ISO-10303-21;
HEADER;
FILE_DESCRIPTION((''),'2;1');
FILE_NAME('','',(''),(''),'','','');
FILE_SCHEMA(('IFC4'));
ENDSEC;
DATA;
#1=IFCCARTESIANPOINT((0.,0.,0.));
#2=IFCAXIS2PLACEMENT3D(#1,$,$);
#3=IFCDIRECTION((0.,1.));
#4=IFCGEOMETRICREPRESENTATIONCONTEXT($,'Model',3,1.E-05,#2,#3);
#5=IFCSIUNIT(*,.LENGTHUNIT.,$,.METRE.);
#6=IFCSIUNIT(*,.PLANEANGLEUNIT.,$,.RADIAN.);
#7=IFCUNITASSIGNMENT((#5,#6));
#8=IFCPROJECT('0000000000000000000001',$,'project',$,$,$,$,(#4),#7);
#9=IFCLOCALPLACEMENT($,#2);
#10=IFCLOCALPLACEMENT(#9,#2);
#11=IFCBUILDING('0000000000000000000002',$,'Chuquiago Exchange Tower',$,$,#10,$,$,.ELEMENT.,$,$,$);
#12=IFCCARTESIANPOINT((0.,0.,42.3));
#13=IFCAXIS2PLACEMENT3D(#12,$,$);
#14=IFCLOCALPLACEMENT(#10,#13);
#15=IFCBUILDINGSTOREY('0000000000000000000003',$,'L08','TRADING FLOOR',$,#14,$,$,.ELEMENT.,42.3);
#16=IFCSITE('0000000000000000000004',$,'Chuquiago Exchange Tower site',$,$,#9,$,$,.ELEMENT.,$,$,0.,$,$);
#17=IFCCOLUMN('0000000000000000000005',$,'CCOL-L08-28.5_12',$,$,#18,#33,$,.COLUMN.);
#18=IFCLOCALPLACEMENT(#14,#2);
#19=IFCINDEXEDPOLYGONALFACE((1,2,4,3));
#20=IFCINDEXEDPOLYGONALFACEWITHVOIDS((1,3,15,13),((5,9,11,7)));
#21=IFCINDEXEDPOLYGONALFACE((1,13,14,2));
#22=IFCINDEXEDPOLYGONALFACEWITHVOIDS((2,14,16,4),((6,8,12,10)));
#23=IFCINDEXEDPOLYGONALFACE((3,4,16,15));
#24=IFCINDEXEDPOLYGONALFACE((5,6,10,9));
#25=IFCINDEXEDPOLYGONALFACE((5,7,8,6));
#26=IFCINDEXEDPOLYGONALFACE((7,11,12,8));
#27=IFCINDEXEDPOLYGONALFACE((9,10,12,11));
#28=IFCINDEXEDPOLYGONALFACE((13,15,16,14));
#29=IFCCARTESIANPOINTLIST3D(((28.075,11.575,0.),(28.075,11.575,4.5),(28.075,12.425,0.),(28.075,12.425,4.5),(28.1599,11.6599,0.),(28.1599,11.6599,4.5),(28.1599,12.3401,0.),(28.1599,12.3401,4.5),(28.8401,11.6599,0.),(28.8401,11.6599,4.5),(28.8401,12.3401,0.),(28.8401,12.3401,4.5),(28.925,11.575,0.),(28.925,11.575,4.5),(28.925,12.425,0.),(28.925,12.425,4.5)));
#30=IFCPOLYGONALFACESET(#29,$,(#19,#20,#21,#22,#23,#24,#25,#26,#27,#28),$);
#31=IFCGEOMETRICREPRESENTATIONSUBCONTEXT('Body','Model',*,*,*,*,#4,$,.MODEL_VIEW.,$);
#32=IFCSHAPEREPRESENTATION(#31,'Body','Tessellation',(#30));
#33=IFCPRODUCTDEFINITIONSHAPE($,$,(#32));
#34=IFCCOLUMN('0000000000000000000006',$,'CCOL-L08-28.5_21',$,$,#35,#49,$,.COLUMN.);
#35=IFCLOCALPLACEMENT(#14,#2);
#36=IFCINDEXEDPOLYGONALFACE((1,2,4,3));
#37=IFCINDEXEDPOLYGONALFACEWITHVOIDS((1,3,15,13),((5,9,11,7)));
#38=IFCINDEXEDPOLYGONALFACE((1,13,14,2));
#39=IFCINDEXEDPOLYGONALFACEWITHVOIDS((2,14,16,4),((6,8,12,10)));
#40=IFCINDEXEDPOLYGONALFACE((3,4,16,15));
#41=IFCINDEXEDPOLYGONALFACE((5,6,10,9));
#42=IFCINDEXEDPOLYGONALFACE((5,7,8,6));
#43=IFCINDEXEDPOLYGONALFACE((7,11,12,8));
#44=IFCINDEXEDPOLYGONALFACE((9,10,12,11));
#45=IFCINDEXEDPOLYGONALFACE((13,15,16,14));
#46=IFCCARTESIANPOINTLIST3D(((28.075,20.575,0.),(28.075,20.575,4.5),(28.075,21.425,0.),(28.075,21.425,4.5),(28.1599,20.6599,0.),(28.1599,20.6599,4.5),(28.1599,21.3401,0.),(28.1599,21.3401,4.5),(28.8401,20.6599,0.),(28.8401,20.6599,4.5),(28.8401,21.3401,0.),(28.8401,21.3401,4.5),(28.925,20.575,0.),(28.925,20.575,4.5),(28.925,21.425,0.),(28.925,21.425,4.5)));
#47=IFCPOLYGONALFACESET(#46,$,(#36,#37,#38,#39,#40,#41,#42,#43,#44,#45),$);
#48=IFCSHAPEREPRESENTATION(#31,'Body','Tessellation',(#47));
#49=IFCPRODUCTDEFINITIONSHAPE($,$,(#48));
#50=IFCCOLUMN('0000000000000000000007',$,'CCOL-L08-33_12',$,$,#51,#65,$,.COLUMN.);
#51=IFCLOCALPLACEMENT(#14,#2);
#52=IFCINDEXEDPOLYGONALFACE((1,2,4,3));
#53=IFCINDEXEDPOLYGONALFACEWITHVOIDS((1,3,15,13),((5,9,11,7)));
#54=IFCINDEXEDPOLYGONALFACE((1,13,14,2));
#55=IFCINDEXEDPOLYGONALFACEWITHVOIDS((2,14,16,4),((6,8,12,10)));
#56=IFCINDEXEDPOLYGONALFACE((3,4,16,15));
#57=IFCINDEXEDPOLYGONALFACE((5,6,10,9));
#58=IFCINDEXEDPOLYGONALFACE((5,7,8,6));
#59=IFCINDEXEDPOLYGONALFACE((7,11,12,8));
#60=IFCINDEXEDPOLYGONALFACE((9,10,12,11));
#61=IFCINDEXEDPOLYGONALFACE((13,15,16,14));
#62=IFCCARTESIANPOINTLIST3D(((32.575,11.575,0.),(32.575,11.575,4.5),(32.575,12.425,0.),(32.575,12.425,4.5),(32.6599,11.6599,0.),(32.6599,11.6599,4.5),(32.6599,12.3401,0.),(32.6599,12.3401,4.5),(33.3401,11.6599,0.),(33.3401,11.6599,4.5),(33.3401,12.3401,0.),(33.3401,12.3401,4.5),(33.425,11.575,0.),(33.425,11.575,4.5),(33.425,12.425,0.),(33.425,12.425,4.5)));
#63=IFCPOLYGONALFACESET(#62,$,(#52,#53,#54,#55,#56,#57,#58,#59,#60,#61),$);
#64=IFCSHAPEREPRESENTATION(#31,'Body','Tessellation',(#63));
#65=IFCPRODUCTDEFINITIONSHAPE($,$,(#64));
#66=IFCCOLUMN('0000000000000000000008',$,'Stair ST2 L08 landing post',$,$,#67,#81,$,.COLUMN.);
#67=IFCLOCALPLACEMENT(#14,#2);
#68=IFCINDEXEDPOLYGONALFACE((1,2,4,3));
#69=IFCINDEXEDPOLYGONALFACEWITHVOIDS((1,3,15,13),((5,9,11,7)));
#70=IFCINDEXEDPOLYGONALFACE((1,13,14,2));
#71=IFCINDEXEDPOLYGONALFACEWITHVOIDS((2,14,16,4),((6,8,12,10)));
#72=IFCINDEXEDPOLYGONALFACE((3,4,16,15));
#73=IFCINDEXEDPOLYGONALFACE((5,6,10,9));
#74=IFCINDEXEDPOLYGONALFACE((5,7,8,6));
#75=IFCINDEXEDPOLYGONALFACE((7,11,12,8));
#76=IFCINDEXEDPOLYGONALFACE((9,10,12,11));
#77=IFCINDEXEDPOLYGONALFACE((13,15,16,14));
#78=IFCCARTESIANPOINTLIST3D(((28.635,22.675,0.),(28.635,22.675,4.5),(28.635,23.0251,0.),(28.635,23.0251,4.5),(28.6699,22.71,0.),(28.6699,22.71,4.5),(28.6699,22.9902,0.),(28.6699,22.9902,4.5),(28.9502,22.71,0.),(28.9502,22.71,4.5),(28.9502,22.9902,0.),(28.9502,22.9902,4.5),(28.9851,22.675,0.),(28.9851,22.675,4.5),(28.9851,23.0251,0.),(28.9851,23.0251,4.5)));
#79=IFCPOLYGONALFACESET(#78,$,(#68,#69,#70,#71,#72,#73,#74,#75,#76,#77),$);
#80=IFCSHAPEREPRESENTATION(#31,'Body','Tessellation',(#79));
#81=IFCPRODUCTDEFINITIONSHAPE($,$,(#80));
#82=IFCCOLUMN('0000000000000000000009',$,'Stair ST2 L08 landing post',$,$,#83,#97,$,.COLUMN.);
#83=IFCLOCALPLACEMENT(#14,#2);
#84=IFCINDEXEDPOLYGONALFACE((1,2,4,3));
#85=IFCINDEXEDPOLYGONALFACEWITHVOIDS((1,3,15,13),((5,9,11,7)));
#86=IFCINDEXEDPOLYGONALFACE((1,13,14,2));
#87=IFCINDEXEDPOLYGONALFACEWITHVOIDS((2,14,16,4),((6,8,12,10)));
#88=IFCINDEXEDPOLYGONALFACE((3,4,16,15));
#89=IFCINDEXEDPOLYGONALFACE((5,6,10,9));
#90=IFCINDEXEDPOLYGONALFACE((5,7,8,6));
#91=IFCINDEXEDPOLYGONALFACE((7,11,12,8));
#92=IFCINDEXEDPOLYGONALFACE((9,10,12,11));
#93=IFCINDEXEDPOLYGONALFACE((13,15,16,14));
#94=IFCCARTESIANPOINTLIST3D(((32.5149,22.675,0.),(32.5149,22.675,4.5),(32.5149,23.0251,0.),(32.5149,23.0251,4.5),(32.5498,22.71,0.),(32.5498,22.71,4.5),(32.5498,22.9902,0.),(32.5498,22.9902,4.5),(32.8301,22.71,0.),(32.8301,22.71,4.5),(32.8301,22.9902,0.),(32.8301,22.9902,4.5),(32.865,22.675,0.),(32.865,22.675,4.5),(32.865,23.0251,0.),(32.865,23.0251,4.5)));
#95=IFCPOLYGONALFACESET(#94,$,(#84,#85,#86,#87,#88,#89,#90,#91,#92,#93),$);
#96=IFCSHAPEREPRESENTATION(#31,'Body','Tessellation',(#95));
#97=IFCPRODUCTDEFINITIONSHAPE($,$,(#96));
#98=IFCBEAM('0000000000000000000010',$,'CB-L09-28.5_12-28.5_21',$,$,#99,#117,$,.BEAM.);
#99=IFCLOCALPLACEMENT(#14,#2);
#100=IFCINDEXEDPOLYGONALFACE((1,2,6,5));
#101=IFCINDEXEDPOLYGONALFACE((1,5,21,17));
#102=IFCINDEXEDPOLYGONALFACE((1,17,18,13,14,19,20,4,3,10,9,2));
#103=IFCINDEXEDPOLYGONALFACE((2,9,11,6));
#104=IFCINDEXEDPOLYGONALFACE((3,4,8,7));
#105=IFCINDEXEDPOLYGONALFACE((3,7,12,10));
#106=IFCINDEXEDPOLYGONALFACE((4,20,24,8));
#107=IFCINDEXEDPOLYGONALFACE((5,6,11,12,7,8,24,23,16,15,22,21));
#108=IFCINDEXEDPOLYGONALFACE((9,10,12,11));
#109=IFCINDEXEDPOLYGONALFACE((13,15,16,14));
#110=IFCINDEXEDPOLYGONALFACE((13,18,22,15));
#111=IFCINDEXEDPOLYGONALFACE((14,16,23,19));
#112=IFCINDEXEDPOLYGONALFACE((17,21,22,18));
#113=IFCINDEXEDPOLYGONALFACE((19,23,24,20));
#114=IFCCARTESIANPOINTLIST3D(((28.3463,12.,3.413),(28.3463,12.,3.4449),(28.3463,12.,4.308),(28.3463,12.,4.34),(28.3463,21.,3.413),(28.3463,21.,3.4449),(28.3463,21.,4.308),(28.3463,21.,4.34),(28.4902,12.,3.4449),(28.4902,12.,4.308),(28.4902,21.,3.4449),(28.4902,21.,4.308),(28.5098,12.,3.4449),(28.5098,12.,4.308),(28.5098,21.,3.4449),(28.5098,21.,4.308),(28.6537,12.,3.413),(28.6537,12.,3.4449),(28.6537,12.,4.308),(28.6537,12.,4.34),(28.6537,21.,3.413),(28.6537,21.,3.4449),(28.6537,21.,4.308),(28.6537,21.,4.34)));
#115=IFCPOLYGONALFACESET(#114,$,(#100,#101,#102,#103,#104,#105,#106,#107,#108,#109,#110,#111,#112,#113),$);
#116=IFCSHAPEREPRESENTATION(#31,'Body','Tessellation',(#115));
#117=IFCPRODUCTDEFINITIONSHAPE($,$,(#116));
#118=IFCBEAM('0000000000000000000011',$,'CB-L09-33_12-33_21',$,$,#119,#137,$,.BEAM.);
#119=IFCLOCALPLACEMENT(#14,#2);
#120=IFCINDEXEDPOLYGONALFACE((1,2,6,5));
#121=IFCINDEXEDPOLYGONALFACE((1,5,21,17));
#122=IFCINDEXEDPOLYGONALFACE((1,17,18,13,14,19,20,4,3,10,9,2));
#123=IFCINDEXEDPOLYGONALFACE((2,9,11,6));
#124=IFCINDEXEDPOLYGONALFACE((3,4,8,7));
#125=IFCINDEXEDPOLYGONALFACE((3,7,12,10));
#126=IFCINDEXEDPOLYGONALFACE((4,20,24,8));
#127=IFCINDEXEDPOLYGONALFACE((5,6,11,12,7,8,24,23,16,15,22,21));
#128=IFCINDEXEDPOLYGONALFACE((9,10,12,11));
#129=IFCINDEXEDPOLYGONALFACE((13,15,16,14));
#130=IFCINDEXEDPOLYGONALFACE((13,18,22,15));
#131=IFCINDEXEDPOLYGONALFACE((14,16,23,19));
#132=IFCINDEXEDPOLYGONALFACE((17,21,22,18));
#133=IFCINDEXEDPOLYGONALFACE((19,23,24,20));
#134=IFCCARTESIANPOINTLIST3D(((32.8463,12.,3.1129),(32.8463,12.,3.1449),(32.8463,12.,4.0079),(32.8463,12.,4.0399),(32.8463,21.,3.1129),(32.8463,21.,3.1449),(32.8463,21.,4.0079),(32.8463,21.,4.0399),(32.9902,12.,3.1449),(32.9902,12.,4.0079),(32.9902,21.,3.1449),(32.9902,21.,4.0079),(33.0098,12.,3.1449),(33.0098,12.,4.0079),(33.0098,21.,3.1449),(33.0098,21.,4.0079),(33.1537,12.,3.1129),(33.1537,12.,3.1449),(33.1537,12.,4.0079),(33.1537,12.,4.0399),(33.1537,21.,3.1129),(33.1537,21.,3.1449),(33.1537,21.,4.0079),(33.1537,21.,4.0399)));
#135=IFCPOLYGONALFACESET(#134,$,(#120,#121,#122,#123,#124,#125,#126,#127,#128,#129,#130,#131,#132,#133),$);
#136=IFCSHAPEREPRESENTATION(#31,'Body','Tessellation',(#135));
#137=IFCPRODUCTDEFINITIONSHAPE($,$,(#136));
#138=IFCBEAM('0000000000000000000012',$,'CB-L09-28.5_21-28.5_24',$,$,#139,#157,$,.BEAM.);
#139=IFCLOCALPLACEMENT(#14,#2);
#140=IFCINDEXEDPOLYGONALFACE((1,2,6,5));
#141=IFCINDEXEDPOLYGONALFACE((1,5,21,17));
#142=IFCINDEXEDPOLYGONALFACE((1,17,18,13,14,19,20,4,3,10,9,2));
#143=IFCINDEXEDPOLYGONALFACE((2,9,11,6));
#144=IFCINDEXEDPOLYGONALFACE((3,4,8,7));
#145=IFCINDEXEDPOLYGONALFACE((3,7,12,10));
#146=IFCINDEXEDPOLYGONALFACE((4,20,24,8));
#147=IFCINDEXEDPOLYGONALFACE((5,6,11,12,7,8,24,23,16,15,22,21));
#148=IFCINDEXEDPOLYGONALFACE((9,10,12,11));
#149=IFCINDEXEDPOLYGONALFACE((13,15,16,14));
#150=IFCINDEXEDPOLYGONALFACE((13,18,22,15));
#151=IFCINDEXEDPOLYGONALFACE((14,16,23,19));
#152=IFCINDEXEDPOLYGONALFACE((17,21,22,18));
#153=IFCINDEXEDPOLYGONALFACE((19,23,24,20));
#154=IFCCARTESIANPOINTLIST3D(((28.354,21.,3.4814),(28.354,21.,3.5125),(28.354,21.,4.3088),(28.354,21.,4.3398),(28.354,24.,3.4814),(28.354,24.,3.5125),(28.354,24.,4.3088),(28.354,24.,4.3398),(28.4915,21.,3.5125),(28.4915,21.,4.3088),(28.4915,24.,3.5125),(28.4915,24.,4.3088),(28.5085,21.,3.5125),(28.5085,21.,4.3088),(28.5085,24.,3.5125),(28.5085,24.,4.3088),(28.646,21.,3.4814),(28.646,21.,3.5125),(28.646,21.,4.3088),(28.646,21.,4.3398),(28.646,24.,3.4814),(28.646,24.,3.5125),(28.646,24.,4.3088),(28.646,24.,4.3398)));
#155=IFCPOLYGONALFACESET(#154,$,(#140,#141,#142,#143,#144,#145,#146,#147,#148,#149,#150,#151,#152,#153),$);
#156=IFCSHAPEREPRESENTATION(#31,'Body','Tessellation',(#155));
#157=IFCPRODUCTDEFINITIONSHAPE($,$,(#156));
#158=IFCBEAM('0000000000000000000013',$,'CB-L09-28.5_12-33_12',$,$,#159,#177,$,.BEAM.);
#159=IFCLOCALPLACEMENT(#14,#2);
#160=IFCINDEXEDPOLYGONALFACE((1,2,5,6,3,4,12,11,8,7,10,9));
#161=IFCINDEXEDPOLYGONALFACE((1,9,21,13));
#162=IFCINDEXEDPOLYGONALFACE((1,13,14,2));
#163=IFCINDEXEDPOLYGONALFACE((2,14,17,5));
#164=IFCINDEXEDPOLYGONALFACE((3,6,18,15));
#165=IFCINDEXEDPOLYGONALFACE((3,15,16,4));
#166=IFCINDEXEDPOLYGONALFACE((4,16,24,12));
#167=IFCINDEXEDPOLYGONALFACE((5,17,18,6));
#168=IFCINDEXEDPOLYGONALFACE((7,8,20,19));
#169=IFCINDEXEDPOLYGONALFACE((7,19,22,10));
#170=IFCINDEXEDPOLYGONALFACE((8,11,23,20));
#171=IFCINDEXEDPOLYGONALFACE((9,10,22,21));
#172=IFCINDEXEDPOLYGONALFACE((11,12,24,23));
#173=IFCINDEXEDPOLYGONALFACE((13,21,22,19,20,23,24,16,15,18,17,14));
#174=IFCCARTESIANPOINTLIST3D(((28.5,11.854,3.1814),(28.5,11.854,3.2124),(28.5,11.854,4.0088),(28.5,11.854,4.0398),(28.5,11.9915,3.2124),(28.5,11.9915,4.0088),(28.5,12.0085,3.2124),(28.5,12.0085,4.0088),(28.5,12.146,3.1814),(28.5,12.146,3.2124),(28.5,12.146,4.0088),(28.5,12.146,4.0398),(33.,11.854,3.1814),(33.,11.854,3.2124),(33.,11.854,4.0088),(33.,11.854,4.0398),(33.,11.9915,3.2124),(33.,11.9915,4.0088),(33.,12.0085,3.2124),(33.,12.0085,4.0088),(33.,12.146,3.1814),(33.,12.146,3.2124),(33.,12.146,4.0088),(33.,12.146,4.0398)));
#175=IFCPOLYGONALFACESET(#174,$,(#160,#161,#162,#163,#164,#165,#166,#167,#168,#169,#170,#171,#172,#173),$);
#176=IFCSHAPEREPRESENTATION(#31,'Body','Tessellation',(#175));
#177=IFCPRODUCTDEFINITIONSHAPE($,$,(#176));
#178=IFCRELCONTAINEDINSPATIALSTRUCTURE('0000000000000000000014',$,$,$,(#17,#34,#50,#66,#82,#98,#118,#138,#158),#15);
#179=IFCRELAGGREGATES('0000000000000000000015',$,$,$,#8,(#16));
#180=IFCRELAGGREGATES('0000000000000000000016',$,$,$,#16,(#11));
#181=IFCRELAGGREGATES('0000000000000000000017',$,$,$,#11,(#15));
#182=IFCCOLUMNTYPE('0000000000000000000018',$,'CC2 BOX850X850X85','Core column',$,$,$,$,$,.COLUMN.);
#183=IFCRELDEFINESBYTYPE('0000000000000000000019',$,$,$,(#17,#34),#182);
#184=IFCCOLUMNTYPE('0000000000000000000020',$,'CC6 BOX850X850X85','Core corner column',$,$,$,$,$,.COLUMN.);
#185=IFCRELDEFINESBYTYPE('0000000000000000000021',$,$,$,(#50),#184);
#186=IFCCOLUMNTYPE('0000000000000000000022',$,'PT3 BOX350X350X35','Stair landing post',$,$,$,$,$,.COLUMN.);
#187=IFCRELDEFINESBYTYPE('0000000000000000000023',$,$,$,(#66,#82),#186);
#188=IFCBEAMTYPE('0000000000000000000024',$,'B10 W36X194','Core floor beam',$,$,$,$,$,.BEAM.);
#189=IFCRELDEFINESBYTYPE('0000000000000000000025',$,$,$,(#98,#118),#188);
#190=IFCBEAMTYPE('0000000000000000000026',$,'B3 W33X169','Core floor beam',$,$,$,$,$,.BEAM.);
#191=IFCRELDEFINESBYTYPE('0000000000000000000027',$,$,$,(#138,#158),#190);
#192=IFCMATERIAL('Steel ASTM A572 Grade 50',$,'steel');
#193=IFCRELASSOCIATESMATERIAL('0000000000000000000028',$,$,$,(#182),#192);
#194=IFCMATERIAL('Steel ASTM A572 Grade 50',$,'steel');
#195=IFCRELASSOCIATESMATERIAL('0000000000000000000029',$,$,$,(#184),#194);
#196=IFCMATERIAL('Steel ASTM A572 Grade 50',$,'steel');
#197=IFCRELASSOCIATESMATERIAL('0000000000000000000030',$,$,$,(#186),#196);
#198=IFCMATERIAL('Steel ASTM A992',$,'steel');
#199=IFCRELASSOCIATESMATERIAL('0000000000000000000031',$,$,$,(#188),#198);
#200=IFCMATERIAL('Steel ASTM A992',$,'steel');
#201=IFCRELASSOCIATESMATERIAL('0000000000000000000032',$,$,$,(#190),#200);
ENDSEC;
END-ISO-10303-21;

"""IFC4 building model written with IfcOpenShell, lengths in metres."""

from ifc_helpers import new_model, si_unit, direction, frame, origin, origin_2d, place, context, subcontext, project, spatial, hollow_rectangle, i_section, extrude, material, material_profile, profile_set, type_object, element, save


model = new_model("IFC4")

# Units and contexts
model_context = context("Model", 3, precision=1e-05, world=origin(), true_north=direction((0.0, 1.0)))
body_context = subcontext(model_context, "Body", "Model", "MODEL_VIEW")
ifc_project = project(units=[si_unit("LENGTHUNIT", "METRE"), si_unit("PLANEANGLEUNIT", "RADIAN")], contexts=[model_context])

# Site, building, storey
site_placement = place(None, origin())
site = spatial("IfcSite", under=ifc_project, at=site_placement, Name="Chuquiago Exchange Tower site", CompositionType="ELEMENT", RefElevation=0.0)
building_placement = place(site_placement, origin())
building = spatial("IfcBuilding", under=site, at=building_placement, Name="Chuquiago Exchange Tower", CompositionType="ELEMENT")
storey_placement = place(building_placement, frame((0.0, 0.0, 42.3)))
storey = spatial("IfcBuildingStorey", under=building, at=storey_placement, Name="L08", Description="TRADING FLOOR", CompositionType="ELEMENT", Elevation=42.3)

# Columns
ifc_material_1 = material(Name="Steel ASTM A572 Grade 50", Category="steel")
ifc_material_profile_1 = material_profile(ifc_material_1, hollow_rectangle(XDim=0.8501, YDim=0.8501, WallThickness=0.085, at=origin_2d()), Name="BOX850X850X85")
ifc_profile_set_1 = profile_set([ifc_material_profile_1], Name="Steel ASTM A572 Grade 50")
column_type_1 = type_object("IfcColumnType", Name="CC2 BOX850X850X85", Description="Core column", PredefinedType="COLUMN", material=ifc_profile_set_1)
for number, where, z_axis, x_axis, name in (
    (1, (28.5, 12.0, 0.0), (0.0, 0.0, 1.0), (1.0, 0.0, 0.0), "CCOL-L08-28.5_12"),
    (2, (28.5, 21.0, 0.0), (0.0, 0.0, 1.0), (1.0, 0.0, 0.0), "CCOL-L08-28.5_21"),
):
    element("IfcColumn", number, at=place(storey_placement, frame(where, z_axis=z_axis, x_axis=x_axis)), inside=storey, type_object=column_type_1, Name=name, PredefinedType="COLUMN", context=body_context, shape_type="SweptSolid", body=[
        extrude(hollow_rectangle(XDim=0.8501, YDim=0.8501, WallThickness=0.085, at=origin_2d()), origin(), (0.0, 0.0, 1.0), 4.5),
    ])
ifc_material_2 = material(Name="Steel ASTM A572 Grade 50", Category="steel")
ifc_material_profile_2 = material_profile(ifc_material_2, hollow_rectangle(XDim=0.8501, YDim=0.8501, WallThickness=0.085, at=origin_2d()), Name="BOX850X850X85")
ifc_profile_set_2 = profile_set([ifc_material_profile_2], Name="Steel ASTM A572 Grade 50")
column_type_2 = type_object("IfcColumnType", Name="CC6 BOX850X850X85", Description="Core corner column", PredefinedType="COLUMN", material=ifc_profile_set_2)
column_placement = place(storey_placement, frame((33.0, 12.0, 0.0), z_axis=(0.0, 0.0, 1.0), x_axis=(1.0, 0.0, 0.0)))
element("IfcColumn", 3, at=column_placement, inside=storey, type_object=column_type_2, Name="CCOL-L08-33_12", PredefinedType="COLUMN", context=body_context, shape_type="SweptSolid", body=[
    extrude(hollow_rectangle(XDim=0.8501, YDim=0.8501, WallThickness=0.085, at=origin_2d()), origin(), (0.0, 0.0, 1.0), 4.5),
])
ifc_material_3 = material(Name="Steel ASTM A572 Grade 50", Category="steel")
ifc_material_profile_3 = material_profile(ifc_material_3, hollow_rectangle(XDim=0.3501, YDim=0.3501, WallThickness=0.0349, at=origin_2d()), Name="BOX350X350X35")
ifc_profile_set_3 = profile_set([ifc_material_profile_3], Name="Steel ASTM A572 Grade 50")
column_type_3 = type_object("IfcColumnType", Name="PT3 BOX350X350X35", Description="Stair landing post", PredefinedType="COLUMN", material=ifc_profile_set_3)
for number, where, z_axis, x_axis, name in (
    (4, (28.8101, 22.8501, 0.0), (0.0, 0.0, 1.0), (1.0, 0.0, 0.0), "Stair ST2 L08 landing post"),
    (5, (32.6899, 22.8501, 0.0), (0.0, 0.0, 1.0), (1.0, 0.0, 0.0), "Stair ST2 L08 landing post"),
):
    element("IfcColumn", number, at=place(storey_placement, frame(where, z_axis=z_axis, x_axis=x_axis)), inside=storey, type_object=column_type_3, Name=name, PredefinedType="COLUMN", context=body_context, shape_type="SweptSolid", body=[
        extrude(hollow_rectangle(XDim=0.3501, YDim=0.3501, WallThickness=0.0349, at=origin_2d()), origin(), (0.0, 0.0, 1.0), 4.5),
    ])

# Beams
ifc_material_4 = material(Name="Steel ASTM A992", Category="steel")
ifc_material_profile_4 = material_profile(ifc_material_4, i_section(OverallWidth=0.3074, OverallDepth=0.927, WebThickness=0.0195, FlangeThickness=0.032, at=origin_2d()), Name="W36X194")
ifc_profile_set_4 = profile_set([ifc_material_profile_4], Name="Steel ASTM A992")
beam_type_1 = type_object("IfcBeamType", Name="B10 W36X194", Description="Core floor beam", PredefinedType="BEAM", material=ifc_profile_set_4)
for number, where, z_axis, x_axis, name in (
    (6, (28.5, 12.0, 3.8765), (0.0, 1.0, 0.0), (-1.0, 0.0, 0.0), "CB-L09-28.5_12-28.5_21"),
    (7, (33.0, 12.0, 3.5764), (0.0, 1.0, 0.0), (-1.0, 0.0, 0.0), "CB-L09-33_12-33_21"),
):
    element("IfcBeam", number, at=place(storey_placement, frame(where, z_axis=z_axis, x_axis=x_axis)), inside=storey, type_object=beam_type_1, Name=name, PredefinedType="BEAM", context=body_context, shape_type="SweptSolid", body=[
        extrude(i_section(OverallWidth=0.3074, OverallDepth=0.927, WebThickness=0.0195, FlangeThickness=0.032, at=origin_2d()), origin(), (0.0, 0.0, 1.0), 9.0),
    ])
ifc_material_5 = material(Name="Steel ASTM A992", Category="steel")
ifc_material_profile_5 = material_profile(ifc_material_5, i_section(OverallWidth=0.292, OverallDepth=0.8584, WebThickness=0.0171, FlangeThickness=0.031, at=origin_2d()), Name="W33X169")
ifc_profile_set_5 = profile_set([ifc_material_profile_5], Name="Steel ASTM A992")
beam_type_2 = type_object("IfcBeamType", Name="B3 W33X169", Description="Core floor beam", PredefinedType="BEAM", material=ifc_profile_set_5)
beam_placement = place(storey_placement, frame((28.5, 21.0, 3.9106), z_axis=(0.0, 1.0, 0.0), x_axis=(-1.0, 0.0, 0.0)))
element("IfcBeam", 8, at=beam_placement, inside=storey, type_object=beam_type_2, Name="CB-L09-28.5_21-28.5_24", PredefinedType="BEAM", context=body_context, shape_type="SweptSolid", body=[
    extrude(i_section(OverallWidth=0.292, OverallDepth=0.8584, WebThickness=0.0171, FlangeThickness=0.031, at=origin_2d()), origin(), (0.0, 0.0, 1.0), 3.0),
])
for number, where, z_axis, x_axis, name in (
    (9, (28.5, 12.0, 3.6106), (1.0, 0.0, 0.0), (0.0, 1.0, 0.0), "CB-L09-28.5_12-33_12"),
):
    element("IfcBeam", number, at=place(storey_placement, frame(where, z_axis=z_axis, x_axis=x_axis)), inside=storey, type_object=beam_type_2, Name=name, PredefinedType="BEAM", context=body_context, shape_type="SweptSolid", body=[
        extrude(i_section(OverallWidth=0.292, OverallDepth=0.8584, WebThickness=0.0171, FlangeThickness=0.031, at=origin_2d()), origin(), (0.0, 0.0, 1.0), 4.5),
    ])

save(model, "model.ifc")
